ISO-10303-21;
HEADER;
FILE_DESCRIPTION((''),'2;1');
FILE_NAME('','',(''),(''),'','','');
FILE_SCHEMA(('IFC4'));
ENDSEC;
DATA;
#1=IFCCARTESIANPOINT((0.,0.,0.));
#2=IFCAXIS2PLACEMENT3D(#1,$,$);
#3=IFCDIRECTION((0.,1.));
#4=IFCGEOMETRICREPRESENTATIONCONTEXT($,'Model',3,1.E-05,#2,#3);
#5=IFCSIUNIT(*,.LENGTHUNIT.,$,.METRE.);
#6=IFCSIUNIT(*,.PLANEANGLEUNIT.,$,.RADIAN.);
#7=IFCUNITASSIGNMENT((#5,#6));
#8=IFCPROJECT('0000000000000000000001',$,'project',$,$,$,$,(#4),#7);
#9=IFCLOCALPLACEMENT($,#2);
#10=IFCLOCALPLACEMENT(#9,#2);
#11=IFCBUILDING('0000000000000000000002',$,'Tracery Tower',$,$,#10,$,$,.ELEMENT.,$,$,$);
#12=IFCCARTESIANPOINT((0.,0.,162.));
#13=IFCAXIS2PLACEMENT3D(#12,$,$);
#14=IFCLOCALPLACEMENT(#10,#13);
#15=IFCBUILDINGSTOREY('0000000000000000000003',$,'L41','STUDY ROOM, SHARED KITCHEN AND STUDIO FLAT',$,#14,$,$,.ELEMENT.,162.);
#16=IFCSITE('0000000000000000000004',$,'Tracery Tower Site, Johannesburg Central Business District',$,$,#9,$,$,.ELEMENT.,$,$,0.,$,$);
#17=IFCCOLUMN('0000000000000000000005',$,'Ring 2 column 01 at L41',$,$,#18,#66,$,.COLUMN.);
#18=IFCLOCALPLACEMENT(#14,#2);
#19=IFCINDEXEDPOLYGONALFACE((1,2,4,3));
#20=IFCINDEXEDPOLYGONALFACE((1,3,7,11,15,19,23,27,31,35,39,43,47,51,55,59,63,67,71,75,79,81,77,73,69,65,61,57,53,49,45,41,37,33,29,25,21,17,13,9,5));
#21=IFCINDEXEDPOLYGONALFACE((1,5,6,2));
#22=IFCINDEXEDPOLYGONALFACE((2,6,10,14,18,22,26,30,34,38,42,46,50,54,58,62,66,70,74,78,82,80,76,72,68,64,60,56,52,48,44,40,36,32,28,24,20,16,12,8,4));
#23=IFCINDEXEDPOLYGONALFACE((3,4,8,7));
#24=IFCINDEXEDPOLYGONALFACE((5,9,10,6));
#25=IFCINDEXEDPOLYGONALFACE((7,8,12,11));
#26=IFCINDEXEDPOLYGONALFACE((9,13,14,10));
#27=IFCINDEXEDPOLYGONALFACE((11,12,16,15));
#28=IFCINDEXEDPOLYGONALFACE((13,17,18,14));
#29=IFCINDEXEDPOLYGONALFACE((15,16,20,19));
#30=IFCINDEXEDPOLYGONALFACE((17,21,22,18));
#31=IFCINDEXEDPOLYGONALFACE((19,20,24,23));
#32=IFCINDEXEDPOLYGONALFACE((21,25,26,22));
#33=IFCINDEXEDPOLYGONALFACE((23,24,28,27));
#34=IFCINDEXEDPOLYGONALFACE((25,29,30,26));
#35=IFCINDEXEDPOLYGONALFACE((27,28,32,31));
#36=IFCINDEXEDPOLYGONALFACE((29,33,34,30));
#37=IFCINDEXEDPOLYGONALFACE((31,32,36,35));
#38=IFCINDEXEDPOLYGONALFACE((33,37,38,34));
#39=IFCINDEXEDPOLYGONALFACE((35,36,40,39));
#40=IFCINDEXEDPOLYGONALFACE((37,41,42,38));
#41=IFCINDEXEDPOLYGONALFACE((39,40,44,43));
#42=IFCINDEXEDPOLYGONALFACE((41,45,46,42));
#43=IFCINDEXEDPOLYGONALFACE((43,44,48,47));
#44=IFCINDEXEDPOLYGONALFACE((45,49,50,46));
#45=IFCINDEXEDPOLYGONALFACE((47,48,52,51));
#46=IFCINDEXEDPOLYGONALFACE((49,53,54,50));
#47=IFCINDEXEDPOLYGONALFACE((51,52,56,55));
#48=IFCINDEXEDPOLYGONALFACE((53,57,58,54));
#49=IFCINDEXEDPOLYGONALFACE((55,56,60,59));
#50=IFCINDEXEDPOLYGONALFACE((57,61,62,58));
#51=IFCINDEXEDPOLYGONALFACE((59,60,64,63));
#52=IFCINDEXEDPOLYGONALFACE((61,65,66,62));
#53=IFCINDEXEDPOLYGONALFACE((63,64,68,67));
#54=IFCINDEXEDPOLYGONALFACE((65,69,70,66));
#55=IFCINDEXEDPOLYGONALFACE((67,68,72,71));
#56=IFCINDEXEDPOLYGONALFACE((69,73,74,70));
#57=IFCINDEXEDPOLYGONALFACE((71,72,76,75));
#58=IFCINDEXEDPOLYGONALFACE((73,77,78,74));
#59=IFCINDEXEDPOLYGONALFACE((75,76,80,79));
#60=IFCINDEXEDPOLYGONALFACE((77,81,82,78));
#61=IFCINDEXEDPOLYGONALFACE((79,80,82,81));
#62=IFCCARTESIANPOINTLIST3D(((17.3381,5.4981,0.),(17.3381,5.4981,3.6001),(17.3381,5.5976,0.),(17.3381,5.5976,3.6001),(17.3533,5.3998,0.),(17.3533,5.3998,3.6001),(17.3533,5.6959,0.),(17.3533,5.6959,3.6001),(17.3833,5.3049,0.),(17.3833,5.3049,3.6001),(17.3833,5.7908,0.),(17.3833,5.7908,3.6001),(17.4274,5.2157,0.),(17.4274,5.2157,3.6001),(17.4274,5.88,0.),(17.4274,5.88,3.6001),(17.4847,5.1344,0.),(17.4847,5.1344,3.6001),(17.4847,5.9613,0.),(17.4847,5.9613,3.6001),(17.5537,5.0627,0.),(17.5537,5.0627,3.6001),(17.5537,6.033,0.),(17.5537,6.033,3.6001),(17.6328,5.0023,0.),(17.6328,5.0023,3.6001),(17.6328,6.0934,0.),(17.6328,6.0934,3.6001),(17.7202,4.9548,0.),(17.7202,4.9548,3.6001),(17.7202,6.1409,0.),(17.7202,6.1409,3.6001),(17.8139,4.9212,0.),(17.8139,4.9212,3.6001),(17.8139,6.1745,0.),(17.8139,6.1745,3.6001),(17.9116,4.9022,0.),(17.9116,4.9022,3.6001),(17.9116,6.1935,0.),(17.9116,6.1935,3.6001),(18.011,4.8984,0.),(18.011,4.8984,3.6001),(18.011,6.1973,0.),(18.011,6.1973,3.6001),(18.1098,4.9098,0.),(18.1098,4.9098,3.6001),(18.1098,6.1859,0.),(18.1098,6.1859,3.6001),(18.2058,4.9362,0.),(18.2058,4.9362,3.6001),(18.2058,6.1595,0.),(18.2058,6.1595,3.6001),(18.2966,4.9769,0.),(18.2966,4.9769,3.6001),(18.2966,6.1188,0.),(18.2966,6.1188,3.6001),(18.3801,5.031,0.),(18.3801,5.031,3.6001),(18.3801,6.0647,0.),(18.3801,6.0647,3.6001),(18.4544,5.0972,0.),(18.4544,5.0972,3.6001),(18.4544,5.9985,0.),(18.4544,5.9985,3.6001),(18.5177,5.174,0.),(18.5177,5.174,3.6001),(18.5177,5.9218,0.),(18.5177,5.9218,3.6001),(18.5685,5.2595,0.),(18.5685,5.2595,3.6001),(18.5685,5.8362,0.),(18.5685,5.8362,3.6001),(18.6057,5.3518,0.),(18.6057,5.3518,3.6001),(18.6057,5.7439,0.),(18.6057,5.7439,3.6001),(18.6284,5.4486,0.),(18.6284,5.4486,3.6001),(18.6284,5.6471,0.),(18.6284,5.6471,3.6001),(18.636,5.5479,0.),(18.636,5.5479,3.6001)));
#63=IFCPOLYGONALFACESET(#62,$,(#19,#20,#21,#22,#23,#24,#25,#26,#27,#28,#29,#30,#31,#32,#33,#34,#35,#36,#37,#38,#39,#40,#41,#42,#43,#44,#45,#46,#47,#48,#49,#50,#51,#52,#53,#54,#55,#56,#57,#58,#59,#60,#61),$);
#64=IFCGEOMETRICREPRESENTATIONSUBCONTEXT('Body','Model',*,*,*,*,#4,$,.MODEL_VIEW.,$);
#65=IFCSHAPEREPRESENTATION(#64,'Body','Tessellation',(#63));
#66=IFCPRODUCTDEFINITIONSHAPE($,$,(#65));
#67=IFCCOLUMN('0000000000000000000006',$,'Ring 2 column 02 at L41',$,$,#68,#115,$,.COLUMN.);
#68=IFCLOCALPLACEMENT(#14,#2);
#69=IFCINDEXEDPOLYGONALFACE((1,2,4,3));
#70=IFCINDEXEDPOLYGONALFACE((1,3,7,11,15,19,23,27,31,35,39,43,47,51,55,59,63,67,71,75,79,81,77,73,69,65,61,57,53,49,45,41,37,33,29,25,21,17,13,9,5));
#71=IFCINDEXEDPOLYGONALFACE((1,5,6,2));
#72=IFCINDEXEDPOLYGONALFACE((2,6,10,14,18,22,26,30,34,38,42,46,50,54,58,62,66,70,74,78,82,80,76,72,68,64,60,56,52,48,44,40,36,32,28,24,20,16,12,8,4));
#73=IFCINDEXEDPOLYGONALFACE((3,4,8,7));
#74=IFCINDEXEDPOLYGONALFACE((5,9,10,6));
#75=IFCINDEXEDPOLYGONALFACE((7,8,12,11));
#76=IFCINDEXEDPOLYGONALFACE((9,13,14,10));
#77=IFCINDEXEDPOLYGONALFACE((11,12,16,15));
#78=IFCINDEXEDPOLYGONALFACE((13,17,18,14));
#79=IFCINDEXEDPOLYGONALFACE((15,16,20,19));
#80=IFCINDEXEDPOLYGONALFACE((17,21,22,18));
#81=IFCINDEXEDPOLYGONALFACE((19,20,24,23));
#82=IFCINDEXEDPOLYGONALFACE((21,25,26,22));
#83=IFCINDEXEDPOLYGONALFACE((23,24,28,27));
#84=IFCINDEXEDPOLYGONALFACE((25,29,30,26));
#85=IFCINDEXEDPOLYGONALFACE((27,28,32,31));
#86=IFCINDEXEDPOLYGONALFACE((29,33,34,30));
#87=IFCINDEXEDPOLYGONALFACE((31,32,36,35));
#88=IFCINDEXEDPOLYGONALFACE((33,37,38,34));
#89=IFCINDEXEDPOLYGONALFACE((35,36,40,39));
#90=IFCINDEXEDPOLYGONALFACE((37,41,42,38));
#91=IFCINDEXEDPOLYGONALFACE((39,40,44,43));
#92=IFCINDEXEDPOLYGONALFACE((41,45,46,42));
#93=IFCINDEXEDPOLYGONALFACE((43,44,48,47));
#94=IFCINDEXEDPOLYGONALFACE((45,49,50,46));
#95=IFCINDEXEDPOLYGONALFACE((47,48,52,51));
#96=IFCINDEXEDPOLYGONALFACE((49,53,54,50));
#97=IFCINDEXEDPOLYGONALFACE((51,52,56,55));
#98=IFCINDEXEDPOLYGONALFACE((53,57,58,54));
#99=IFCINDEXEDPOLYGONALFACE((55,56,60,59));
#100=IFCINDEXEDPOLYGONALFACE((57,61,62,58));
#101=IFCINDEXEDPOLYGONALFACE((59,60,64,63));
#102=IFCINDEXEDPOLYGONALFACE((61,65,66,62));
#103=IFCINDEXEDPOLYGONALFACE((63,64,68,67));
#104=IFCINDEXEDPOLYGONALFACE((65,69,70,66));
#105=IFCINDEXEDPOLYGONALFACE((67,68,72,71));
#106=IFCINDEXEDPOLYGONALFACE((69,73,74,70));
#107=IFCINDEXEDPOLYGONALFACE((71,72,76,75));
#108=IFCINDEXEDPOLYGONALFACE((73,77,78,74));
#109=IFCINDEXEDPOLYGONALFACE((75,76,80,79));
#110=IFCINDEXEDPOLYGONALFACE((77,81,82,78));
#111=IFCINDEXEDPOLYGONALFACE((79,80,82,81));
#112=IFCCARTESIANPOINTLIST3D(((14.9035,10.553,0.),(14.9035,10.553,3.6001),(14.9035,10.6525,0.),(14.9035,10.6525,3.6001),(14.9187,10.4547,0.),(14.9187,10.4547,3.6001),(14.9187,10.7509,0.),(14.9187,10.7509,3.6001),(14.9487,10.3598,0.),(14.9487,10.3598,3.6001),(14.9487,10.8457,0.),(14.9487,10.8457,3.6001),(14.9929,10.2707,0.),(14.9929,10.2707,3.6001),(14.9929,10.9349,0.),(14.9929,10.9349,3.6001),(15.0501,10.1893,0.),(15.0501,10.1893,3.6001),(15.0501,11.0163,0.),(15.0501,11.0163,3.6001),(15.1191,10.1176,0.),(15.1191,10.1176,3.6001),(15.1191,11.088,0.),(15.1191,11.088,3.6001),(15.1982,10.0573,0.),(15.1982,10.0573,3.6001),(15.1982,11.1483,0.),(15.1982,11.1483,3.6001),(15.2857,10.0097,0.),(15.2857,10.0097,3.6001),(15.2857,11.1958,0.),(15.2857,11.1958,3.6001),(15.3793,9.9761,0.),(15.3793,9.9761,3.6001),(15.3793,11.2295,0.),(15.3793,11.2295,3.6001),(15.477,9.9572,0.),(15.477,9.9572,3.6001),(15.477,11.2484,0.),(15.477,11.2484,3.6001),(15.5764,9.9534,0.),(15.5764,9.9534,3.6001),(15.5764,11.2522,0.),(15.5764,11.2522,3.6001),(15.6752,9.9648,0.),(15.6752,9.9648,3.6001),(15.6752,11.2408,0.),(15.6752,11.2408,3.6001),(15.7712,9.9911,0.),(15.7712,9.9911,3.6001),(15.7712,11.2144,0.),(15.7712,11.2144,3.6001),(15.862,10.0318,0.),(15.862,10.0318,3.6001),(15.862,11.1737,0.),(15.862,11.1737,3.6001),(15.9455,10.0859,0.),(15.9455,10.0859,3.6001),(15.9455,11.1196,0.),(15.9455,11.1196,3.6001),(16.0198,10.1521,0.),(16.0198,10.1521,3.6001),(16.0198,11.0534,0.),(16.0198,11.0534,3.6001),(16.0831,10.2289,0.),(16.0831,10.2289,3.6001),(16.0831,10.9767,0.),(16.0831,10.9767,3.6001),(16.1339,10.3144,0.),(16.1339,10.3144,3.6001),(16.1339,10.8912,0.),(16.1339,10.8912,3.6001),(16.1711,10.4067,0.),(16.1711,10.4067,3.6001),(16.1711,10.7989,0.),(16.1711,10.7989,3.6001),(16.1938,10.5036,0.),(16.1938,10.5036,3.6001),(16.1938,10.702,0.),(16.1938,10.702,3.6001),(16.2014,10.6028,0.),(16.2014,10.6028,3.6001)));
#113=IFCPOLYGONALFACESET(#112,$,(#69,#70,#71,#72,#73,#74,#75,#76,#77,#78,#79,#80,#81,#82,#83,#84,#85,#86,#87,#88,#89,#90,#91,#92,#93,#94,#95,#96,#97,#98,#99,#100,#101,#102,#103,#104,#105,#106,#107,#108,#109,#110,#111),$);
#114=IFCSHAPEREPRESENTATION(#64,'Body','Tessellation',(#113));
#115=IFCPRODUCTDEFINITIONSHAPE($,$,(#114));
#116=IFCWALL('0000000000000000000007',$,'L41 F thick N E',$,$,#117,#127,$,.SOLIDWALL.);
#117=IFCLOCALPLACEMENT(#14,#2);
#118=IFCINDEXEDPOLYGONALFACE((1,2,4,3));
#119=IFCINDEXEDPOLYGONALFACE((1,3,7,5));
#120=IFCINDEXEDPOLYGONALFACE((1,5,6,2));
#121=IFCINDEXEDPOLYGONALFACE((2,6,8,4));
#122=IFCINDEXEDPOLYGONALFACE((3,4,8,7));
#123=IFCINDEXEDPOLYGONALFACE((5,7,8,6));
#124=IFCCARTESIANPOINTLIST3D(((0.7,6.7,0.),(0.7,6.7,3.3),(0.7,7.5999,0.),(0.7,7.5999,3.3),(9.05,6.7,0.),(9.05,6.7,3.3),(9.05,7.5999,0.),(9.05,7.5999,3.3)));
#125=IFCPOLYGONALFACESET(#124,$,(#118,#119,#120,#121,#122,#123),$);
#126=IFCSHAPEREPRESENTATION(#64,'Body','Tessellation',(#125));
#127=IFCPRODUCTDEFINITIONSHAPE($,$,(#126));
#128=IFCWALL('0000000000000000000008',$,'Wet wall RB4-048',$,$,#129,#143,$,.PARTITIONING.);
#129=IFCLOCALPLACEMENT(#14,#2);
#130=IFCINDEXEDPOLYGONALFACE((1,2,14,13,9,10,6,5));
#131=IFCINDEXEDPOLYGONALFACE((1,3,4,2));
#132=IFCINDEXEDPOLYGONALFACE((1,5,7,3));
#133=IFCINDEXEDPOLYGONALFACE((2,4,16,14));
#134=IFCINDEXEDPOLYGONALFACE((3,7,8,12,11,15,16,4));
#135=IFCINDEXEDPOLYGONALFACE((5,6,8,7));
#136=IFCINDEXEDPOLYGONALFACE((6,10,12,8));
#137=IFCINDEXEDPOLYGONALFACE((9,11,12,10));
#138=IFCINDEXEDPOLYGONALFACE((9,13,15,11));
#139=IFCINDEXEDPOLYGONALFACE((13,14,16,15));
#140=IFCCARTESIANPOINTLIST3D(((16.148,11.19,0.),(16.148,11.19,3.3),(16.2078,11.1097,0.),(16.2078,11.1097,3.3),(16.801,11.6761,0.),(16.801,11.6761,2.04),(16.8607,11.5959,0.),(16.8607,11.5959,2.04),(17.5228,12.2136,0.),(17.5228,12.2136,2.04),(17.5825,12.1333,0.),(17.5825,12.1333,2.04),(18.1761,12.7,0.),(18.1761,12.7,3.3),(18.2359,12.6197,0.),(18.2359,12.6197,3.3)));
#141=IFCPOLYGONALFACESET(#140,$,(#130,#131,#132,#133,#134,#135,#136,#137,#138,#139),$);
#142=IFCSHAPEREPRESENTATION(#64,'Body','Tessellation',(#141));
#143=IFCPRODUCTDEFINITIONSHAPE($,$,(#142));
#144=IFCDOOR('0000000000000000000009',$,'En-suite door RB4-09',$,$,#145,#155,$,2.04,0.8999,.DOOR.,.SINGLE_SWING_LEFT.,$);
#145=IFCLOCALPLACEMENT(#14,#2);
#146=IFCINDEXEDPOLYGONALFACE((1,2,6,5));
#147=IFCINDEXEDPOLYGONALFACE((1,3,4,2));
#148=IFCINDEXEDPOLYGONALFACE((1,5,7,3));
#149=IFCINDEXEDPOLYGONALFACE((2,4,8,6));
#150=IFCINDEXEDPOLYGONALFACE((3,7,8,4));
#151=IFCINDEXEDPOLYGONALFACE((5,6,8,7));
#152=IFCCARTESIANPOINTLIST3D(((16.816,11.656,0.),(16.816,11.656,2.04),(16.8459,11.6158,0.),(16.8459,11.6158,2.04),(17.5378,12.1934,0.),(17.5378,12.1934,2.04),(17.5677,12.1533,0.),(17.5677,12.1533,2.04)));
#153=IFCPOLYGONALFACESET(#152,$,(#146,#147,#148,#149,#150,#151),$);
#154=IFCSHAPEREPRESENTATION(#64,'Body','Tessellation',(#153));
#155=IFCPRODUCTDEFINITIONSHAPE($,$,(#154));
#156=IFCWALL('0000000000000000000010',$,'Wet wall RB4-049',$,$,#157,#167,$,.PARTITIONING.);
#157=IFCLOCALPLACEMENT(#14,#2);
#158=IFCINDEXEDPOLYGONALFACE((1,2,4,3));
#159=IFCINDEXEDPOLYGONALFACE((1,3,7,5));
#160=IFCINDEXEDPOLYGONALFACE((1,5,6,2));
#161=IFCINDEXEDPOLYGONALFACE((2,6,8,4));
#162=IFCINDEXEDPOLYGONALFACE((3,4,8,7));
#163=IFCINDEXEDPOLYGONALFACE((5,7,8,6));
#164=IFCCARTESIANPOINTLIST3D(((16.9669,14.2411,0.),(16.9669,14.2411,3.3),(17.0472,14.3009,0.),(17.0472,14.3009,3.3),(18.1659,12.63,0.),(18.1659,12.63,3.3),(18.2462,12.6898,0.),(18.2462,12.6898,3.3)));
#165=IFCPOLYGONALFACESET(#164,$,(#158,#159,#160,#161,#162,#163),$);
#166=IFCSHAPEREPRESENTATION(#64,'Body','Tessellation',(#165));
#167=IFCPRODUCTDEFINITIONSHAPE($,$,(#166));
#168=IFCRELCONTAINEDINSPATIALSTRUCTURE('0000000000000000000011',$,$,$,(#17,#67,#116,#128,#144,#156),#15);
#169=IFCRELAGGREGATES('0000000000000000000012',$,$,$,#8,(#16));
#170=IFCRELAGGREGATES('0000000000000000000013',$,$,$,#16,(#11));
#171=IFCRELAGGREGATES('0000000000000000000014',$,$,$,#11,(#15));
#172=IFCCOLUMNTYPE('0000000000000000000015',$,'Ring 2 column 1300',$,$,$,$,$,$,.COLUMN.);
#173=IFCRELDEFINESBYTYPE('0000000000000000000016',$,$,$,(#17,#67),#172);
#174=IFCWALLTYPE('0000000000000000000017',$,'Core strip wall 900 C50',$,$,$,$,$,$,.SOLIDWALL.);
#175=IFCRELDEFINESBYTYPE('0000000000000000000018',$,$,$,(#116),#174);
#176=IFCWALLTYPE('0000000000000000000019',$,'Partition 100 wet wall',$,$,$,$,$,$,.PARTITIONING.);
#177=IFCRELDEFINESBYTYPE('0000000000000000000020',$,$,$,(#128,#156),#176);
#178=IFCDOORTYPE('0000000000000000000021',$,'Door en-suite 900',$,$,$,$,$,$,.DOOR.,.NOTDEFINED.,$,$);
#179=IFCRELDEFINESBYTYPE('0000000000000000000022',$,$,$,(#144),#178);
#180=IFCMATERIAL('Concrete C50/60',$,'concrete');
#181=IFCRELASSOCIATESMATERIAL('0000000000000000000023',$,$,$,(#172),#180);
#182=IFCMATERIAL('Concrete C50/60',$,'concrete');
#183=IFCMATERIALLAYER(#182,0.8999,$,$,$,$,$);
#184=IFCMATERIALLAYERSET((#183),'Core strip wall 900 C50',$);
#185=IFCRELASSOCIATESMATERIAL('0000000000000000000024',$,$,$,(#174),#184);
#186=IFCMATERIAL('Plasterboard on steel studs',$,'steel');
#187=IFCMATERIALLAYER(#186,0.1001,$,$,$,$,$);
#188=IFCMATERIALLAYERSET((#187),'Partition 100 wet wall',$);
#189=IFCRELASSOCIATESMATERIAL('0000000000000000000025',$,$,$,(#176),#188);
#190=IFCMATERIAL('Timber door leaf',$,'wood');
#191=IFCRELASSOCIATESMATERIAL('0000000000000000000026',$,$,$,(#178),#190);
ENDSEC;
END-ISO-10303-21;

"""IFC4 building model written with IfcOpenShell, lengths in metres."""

from ifc_helpers import new_model, si_unit, direction, frame, frame_2d, origin, origin_2d, place, context, subcontext, project, spatial, rectangle, circle, extrude, material, layer, layer_set, material_profile, profile_set, type_object, element, fill, save


model = new_model("IFC4")

# Units and contexts
model_context = context("Model", 3, precision=1e-05, world=origin(), true_north=direction((0.0, 1.0)))
body_context = subcontext(model_context, "Body", "Model", "MODEL_VIEW")
ifc_project = project(units=[si_unit("LENGTHUNIT", "METRE"), si_unit("PLANEANGLEUNIT", "RADIAN")], contexts=[model_context])

# Site, building, storey
site_placement = place(None, origin())
site = spatial("IfcSite", under=ifc_project, at=site_placement, Name="Tracery Tower Site, Johannesburg Central Business District", CompositionType="ELEMENT", RefElevation=0.0)
building_placement = place(site_placement, origin())
building = spatial("IfcBuilding", under=site, at=building_placement, Name="Tracery Tower", CompositionType="ELEMENT")
storey_placement = place(building_placement, frame((0.0, 0.0, 162.0)))
storey = spatial("IfcBuildingStorey", under=building, at=storey_placement, Name="L41", Description="STUDY ROOM, SHARED KITCHEN AND STUDIO FLAT", CompositionType="ELEMENT", Elevation=162.0)

# Columns
ifc_material_1 = material(Name="Concrete C50/60", Category="concrete")
ifc_material_profile = material_profile(ifc_material_1, circle(Radius=0.6499, at=origin_2d()), Name="RC D1300")
ifc_profile_set = profile_set([ifc_material_profile], Name="Concrete C50/60")
column_type = type_object("IfcColumnType", Name="Ring 2 column 1300", PredefinedType="COLUMN", material=ifc_profile_set)
for number, where, z_axis, x_axis, name in (
    (1, (17.9861, 5.5479, 0.0), (0.0, 0.0, 1.0), (1.0, 0.0, 0.0), "Ring 2 column 01 at L41"),
    (2, (15.5515, 10.6028, 0.0), (0.0, 0.0, 1.0), (1.0, 0.0, 0.0), "Ring 2 column 02 at L41"),
):
    element("IfcColumn", number, at=place(storey_placement, frame(where, z_axis=z_axis, x_axis=x_axis)), inside=storey, type_object=column_type, Name=name, PredefinedType="COLUMN", context=body_context, shape_type="SweptSolid", body=[
        extrude(circle(Radius=0.6499, at=origin_2d()), origin(), (0.0, 0.0, 1.0), 3.6001),
    ])

# Wall
ifc_material_2 = material(Name="Concrete C50/60", Category="concrete")
ifc_layer_1 = layer(ifc_material_2, 0.8999)
ifc_layer_set_1 = layer_set([ifc_layer_1], Name="Core strip wall 900 C50")
wall_type_1 = type_object("IfcWallType", Name="Core strip wall 900 C50", PredefinedType="SOLIDWALL", material=ifc_layer_set_1)
wall_1_placement = place(storey_placement, frame((0.7, 7.1499, 0.0), z_axis=(0.0, 0.0, 1.0), x_axis=(1.0, 0.0, 0.0)))
element("IfcWall", 3, at=wall_1_placement, inside=storey, type_object=wall_type_1, Name="L41 F thick N E", PredefinedType="SOLIDWALL", context=body_context, shape_type="SweptSolid", body=[
    extrude(rectangle(XDim=8.3501, YDim=0.8999, at=frame_2d((4.175, 0.0))), origin(), (0.0, 0.0, 1.0), 3.3),
])

# Wall, opening, door
ifc_material_3 = material(Name="Plasterboard on steel studs", Category="steel")
ifc_layer_2 = layer(ifc_material_3, 0.1001)
ifc_layer_set_2 = layer_set([ifc_layer_2], Name="Partition 100 wet wall")
wall_type_2 = type_object("IfcWallType", Name="Partition 100 wet wall", PredefinedType="PARTITIONING", material=ifc_layer_set_2)
wall_2_placement = place(storey_placement, frame((16.178, 11.1499, 0.0), z_axis=(0.0, 0.0, 1.0), x_axis=(0.802092, 0.5972, 0.0)))
wall_2 = element("IfcWall", 4, at=wall_2_placement, inside=storey, type_object=wall_type_2, Name="Wet wall RB4-048", PredefinedType="PARTITIONING", context=body_context, shape_type="SweptSolid", body=[
    extrude(rectangle(XDim=2.5286, YDim=0.1001, at=frame_2d((1.2642, 0.0))), origin(), (0.0, 0.0, 1.0), 3.3),
])
opening_1_placement = place(wall_2_placement, frame((0.814, 0.0, 0.0)))
opening_1 = element("IfcOpeningElement", 5, at=opening_1_placement, cuts=wall_2, PredefinedType="OPENING", context=body_context, shape_type="SweptSolid", body=[
    extrude(rectangle(XDim=0.8999, YDim=2.04, at=frame_2d((0.45, 1.02))), frame((0.0, 0.05, 0.0), z_axis=(0.0, -1.0, 0.0), x_axis=(1.0, 0.0, 0.0)), (0.0, 0.0, 1.0), 0.1001),
])
ifc_material_4 = material(Name="Timber door leaf", Category="wood")
door_type_1 = type_object("IfcDoorType", Name="Door en-suite 900", OperationType="NOTDEFINED", PredefinedType="DOOR", material=ifc_material_4)
door_1_placement = place(opening_1_placement, origin())
door_1 = element("IfcDoor", 6, at=door_1_placement, inside=storey, type_object=door_type_1, Name="En-suite door RB4-09", OperationType="SINGLE_SWING_LEFT", OverallHeight=2.04, OverallWidth=0.8999, PredefinedType="DOOR", context=body_context, shape_type="SweptSolid", body=[
    extrude(rectangle(XDim=0.8999, YDim=2.04, at=frame_2d((0.45, 1.02))), frame((0.0, 0.0249, 0.0), z_axis=(0.0, -1.0, 0.0), x_axis=(1.0, 0.0, 0.0)), (0.0, 0.0, 1.0), 0.05),
])
fill(opening_1, door_1)

# Wall
wall_3_placement = place(storey_placement, frame((17.0071, 14.271, 0.0), z_axis=(0.0, 0.0, 1.0), x_axis=(0.59702, -0.802226, 0.0)))
element("IfcWall", 7, at=wall_3_placement, inside=storey, type_object=wall_type_2, Name="Wet wall RB4-049", PredefinedType="PARTITIONING", context=body_context, shape_type="SweptSolid", body=[
    extrude(rectangle(XDim=2.0083, YDim=0.1001, at=frame_2d((1.0042, 0.0))), origin(), (0.0, 0.0, 1.0), 3.3),
])

save(model, "model.ifc")
